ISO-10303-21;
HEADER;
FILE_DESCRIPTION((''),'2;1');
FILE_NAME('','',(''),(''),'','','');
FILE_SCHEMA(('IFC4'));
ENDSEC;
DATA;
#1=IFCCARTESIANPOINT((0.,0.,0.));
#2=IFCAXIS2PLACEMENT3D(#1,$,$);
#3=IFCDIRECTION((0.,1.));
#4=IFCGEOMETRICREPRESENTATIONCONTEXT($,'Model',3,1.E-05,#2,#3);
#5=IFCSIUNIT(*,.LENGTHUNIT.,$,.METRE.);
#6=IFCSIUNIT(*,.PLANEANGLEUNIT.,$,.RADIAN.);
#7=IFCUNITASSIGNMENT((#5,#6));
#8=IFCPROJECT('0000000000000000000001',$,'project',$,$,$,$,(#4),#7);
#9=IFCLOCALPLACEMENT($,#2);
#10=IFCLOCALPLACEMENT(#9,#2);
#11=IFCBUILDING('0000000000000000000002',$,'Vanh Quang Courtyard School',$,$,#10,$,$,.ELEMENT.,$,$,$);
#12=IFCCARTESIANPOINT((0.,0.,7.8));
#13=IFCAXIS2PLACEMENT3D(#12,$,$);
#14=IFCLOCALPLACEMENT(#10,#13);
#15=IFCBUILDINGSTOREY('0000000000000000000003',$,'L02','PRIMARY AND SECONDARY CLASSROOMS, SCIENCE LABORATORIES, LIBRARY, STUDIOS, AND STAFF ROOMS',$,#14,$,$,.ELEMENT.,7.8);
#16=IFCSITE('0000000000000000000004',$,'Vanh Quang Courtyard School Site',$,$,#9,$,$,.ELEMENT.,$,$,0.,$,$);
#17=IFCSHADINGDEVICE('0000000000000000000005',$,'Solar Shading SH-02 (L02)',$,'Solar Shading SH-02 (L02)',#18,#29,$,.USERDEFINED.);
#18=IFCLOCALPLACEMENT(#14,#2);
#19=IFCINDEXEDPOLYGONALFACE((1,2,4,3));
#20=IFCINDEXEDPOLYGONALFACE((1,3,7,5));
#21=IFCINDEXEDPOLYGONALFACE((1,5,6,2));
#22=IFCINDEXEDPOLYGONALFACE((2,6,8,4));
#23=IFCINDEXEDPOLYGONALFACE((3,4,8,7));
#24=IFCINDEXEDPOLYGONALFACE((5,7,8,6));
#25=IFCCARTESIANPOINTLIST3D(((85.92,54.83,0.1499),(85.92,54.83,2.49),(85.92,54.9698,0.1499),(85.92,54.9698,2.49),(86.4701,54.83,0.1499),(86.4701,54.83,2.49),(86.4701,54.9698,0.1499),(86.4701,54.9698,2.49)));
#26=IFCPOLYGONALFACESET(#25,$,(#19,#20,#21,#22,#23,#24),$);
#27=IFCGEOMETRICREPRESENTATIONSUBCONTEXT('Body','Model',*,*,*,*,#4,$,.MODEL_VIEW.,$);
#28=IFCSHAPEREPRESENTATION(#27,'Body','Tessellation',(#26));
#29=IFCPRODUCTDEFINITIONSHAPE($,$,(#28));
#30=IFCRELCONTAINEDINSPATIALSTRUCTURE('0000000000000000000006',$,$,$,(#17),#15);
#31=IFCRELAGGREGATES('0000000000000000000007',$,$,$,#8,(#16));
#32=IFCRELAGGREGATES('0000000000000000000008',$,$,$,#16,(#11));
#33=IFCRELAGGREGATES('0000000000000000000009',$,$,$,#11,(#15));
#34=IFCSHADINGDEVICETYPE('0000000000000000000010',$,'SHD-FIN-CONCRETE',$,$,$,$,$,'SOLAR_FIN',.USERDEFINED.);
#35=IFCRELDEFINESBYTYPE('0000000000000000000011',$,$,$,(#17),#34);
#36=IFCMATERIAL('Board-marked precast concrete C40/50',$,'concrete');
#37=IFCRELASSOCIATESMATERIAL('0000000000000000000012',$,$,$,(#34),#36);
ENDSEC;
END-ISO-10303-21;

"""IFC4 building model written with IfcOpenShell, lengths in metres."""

from ifc_helpers import new_model, si_unit, direction, frame, origin, origin_2d, place, context, subcontext, project, spatial, rectangle, extrude, material, type_object, element, save


model = new_model("IFC4")

# Units and contexts
model_context = context("Model", 3, precision=1e-05, world=origin(), true_north=direction((0.0, 1.0)))
body_context = subcontext(model_context, "Body", "Model", "MODEL_VIEW")
ifc_project = project(units=[si_unit("LENGTHUNIT", "METRE"), si_unit("PLANEANGLEUNIT", "RADIAN")], contexts=[model_context])

# Site, building, storey
site_placement = place(None, origin())
site = spatial("IfcSite", under=ifc_project, at=site_placement, Name="Vanh Quang Courtyard School Site", CompositionType="ELEMENT", RefElevation=0.0)
building_placement = place(site_placement, origin())
building = spatial("IfcBuilding", under=site, at=building_placement, Name="Vanh Quang Courtyard School", CompositionType="ELEMENT")
storey_placement = place(building_placement, frame((0.0, 0.0, 7.8)))
storey = spatial("IfcBuildingStorey", under=building, at=storey_placement, Name="L02", Description="PRIMARY AND SECONDARY CLASSROOMS, SCIENCE LABORATORIES, LIBRARY, STUDIOS, AND STAFF ROOMS", CompositionType="ELEMENT", Elevation=7.8)

# Shared definitions
ifc_material_1 = material(Name="Board-marked precast concrete C40/50", Category="concrete")

# Shading device
shading_device_type = type_object("IfcShadingDeviceType", Name="SHD-FIN-CONCRETE", ElementType="SOLAR_FIN", PredefinedType="USERDEFINED", material=ifc_material_1)
shading_device_placement = place(storey_placement, frame((86.1951, 54.8999, 0.1499), z_axis=(0.0, 0.0, 1.0), x_axis=(0.0, -1.0, 0.0)))
element("IfcShadingDevice", 1, at=shading_device_placement, inside=storey, type_object=shading_device_type, Name="Solar Shading SH-02 (L02)", ObjectType="Solar Shading SH-02 (L02)", PredefinedType="USERDEFINED", context=body_context, shape_type="SweptSolid", body=[
    extrude(rectangle(XDim=0.1399, YDim=0.55, at=origin_2d()), origin(), (0.0, 0.0, 1.0), 2.3401),
])

save(model, "model.ifc")
